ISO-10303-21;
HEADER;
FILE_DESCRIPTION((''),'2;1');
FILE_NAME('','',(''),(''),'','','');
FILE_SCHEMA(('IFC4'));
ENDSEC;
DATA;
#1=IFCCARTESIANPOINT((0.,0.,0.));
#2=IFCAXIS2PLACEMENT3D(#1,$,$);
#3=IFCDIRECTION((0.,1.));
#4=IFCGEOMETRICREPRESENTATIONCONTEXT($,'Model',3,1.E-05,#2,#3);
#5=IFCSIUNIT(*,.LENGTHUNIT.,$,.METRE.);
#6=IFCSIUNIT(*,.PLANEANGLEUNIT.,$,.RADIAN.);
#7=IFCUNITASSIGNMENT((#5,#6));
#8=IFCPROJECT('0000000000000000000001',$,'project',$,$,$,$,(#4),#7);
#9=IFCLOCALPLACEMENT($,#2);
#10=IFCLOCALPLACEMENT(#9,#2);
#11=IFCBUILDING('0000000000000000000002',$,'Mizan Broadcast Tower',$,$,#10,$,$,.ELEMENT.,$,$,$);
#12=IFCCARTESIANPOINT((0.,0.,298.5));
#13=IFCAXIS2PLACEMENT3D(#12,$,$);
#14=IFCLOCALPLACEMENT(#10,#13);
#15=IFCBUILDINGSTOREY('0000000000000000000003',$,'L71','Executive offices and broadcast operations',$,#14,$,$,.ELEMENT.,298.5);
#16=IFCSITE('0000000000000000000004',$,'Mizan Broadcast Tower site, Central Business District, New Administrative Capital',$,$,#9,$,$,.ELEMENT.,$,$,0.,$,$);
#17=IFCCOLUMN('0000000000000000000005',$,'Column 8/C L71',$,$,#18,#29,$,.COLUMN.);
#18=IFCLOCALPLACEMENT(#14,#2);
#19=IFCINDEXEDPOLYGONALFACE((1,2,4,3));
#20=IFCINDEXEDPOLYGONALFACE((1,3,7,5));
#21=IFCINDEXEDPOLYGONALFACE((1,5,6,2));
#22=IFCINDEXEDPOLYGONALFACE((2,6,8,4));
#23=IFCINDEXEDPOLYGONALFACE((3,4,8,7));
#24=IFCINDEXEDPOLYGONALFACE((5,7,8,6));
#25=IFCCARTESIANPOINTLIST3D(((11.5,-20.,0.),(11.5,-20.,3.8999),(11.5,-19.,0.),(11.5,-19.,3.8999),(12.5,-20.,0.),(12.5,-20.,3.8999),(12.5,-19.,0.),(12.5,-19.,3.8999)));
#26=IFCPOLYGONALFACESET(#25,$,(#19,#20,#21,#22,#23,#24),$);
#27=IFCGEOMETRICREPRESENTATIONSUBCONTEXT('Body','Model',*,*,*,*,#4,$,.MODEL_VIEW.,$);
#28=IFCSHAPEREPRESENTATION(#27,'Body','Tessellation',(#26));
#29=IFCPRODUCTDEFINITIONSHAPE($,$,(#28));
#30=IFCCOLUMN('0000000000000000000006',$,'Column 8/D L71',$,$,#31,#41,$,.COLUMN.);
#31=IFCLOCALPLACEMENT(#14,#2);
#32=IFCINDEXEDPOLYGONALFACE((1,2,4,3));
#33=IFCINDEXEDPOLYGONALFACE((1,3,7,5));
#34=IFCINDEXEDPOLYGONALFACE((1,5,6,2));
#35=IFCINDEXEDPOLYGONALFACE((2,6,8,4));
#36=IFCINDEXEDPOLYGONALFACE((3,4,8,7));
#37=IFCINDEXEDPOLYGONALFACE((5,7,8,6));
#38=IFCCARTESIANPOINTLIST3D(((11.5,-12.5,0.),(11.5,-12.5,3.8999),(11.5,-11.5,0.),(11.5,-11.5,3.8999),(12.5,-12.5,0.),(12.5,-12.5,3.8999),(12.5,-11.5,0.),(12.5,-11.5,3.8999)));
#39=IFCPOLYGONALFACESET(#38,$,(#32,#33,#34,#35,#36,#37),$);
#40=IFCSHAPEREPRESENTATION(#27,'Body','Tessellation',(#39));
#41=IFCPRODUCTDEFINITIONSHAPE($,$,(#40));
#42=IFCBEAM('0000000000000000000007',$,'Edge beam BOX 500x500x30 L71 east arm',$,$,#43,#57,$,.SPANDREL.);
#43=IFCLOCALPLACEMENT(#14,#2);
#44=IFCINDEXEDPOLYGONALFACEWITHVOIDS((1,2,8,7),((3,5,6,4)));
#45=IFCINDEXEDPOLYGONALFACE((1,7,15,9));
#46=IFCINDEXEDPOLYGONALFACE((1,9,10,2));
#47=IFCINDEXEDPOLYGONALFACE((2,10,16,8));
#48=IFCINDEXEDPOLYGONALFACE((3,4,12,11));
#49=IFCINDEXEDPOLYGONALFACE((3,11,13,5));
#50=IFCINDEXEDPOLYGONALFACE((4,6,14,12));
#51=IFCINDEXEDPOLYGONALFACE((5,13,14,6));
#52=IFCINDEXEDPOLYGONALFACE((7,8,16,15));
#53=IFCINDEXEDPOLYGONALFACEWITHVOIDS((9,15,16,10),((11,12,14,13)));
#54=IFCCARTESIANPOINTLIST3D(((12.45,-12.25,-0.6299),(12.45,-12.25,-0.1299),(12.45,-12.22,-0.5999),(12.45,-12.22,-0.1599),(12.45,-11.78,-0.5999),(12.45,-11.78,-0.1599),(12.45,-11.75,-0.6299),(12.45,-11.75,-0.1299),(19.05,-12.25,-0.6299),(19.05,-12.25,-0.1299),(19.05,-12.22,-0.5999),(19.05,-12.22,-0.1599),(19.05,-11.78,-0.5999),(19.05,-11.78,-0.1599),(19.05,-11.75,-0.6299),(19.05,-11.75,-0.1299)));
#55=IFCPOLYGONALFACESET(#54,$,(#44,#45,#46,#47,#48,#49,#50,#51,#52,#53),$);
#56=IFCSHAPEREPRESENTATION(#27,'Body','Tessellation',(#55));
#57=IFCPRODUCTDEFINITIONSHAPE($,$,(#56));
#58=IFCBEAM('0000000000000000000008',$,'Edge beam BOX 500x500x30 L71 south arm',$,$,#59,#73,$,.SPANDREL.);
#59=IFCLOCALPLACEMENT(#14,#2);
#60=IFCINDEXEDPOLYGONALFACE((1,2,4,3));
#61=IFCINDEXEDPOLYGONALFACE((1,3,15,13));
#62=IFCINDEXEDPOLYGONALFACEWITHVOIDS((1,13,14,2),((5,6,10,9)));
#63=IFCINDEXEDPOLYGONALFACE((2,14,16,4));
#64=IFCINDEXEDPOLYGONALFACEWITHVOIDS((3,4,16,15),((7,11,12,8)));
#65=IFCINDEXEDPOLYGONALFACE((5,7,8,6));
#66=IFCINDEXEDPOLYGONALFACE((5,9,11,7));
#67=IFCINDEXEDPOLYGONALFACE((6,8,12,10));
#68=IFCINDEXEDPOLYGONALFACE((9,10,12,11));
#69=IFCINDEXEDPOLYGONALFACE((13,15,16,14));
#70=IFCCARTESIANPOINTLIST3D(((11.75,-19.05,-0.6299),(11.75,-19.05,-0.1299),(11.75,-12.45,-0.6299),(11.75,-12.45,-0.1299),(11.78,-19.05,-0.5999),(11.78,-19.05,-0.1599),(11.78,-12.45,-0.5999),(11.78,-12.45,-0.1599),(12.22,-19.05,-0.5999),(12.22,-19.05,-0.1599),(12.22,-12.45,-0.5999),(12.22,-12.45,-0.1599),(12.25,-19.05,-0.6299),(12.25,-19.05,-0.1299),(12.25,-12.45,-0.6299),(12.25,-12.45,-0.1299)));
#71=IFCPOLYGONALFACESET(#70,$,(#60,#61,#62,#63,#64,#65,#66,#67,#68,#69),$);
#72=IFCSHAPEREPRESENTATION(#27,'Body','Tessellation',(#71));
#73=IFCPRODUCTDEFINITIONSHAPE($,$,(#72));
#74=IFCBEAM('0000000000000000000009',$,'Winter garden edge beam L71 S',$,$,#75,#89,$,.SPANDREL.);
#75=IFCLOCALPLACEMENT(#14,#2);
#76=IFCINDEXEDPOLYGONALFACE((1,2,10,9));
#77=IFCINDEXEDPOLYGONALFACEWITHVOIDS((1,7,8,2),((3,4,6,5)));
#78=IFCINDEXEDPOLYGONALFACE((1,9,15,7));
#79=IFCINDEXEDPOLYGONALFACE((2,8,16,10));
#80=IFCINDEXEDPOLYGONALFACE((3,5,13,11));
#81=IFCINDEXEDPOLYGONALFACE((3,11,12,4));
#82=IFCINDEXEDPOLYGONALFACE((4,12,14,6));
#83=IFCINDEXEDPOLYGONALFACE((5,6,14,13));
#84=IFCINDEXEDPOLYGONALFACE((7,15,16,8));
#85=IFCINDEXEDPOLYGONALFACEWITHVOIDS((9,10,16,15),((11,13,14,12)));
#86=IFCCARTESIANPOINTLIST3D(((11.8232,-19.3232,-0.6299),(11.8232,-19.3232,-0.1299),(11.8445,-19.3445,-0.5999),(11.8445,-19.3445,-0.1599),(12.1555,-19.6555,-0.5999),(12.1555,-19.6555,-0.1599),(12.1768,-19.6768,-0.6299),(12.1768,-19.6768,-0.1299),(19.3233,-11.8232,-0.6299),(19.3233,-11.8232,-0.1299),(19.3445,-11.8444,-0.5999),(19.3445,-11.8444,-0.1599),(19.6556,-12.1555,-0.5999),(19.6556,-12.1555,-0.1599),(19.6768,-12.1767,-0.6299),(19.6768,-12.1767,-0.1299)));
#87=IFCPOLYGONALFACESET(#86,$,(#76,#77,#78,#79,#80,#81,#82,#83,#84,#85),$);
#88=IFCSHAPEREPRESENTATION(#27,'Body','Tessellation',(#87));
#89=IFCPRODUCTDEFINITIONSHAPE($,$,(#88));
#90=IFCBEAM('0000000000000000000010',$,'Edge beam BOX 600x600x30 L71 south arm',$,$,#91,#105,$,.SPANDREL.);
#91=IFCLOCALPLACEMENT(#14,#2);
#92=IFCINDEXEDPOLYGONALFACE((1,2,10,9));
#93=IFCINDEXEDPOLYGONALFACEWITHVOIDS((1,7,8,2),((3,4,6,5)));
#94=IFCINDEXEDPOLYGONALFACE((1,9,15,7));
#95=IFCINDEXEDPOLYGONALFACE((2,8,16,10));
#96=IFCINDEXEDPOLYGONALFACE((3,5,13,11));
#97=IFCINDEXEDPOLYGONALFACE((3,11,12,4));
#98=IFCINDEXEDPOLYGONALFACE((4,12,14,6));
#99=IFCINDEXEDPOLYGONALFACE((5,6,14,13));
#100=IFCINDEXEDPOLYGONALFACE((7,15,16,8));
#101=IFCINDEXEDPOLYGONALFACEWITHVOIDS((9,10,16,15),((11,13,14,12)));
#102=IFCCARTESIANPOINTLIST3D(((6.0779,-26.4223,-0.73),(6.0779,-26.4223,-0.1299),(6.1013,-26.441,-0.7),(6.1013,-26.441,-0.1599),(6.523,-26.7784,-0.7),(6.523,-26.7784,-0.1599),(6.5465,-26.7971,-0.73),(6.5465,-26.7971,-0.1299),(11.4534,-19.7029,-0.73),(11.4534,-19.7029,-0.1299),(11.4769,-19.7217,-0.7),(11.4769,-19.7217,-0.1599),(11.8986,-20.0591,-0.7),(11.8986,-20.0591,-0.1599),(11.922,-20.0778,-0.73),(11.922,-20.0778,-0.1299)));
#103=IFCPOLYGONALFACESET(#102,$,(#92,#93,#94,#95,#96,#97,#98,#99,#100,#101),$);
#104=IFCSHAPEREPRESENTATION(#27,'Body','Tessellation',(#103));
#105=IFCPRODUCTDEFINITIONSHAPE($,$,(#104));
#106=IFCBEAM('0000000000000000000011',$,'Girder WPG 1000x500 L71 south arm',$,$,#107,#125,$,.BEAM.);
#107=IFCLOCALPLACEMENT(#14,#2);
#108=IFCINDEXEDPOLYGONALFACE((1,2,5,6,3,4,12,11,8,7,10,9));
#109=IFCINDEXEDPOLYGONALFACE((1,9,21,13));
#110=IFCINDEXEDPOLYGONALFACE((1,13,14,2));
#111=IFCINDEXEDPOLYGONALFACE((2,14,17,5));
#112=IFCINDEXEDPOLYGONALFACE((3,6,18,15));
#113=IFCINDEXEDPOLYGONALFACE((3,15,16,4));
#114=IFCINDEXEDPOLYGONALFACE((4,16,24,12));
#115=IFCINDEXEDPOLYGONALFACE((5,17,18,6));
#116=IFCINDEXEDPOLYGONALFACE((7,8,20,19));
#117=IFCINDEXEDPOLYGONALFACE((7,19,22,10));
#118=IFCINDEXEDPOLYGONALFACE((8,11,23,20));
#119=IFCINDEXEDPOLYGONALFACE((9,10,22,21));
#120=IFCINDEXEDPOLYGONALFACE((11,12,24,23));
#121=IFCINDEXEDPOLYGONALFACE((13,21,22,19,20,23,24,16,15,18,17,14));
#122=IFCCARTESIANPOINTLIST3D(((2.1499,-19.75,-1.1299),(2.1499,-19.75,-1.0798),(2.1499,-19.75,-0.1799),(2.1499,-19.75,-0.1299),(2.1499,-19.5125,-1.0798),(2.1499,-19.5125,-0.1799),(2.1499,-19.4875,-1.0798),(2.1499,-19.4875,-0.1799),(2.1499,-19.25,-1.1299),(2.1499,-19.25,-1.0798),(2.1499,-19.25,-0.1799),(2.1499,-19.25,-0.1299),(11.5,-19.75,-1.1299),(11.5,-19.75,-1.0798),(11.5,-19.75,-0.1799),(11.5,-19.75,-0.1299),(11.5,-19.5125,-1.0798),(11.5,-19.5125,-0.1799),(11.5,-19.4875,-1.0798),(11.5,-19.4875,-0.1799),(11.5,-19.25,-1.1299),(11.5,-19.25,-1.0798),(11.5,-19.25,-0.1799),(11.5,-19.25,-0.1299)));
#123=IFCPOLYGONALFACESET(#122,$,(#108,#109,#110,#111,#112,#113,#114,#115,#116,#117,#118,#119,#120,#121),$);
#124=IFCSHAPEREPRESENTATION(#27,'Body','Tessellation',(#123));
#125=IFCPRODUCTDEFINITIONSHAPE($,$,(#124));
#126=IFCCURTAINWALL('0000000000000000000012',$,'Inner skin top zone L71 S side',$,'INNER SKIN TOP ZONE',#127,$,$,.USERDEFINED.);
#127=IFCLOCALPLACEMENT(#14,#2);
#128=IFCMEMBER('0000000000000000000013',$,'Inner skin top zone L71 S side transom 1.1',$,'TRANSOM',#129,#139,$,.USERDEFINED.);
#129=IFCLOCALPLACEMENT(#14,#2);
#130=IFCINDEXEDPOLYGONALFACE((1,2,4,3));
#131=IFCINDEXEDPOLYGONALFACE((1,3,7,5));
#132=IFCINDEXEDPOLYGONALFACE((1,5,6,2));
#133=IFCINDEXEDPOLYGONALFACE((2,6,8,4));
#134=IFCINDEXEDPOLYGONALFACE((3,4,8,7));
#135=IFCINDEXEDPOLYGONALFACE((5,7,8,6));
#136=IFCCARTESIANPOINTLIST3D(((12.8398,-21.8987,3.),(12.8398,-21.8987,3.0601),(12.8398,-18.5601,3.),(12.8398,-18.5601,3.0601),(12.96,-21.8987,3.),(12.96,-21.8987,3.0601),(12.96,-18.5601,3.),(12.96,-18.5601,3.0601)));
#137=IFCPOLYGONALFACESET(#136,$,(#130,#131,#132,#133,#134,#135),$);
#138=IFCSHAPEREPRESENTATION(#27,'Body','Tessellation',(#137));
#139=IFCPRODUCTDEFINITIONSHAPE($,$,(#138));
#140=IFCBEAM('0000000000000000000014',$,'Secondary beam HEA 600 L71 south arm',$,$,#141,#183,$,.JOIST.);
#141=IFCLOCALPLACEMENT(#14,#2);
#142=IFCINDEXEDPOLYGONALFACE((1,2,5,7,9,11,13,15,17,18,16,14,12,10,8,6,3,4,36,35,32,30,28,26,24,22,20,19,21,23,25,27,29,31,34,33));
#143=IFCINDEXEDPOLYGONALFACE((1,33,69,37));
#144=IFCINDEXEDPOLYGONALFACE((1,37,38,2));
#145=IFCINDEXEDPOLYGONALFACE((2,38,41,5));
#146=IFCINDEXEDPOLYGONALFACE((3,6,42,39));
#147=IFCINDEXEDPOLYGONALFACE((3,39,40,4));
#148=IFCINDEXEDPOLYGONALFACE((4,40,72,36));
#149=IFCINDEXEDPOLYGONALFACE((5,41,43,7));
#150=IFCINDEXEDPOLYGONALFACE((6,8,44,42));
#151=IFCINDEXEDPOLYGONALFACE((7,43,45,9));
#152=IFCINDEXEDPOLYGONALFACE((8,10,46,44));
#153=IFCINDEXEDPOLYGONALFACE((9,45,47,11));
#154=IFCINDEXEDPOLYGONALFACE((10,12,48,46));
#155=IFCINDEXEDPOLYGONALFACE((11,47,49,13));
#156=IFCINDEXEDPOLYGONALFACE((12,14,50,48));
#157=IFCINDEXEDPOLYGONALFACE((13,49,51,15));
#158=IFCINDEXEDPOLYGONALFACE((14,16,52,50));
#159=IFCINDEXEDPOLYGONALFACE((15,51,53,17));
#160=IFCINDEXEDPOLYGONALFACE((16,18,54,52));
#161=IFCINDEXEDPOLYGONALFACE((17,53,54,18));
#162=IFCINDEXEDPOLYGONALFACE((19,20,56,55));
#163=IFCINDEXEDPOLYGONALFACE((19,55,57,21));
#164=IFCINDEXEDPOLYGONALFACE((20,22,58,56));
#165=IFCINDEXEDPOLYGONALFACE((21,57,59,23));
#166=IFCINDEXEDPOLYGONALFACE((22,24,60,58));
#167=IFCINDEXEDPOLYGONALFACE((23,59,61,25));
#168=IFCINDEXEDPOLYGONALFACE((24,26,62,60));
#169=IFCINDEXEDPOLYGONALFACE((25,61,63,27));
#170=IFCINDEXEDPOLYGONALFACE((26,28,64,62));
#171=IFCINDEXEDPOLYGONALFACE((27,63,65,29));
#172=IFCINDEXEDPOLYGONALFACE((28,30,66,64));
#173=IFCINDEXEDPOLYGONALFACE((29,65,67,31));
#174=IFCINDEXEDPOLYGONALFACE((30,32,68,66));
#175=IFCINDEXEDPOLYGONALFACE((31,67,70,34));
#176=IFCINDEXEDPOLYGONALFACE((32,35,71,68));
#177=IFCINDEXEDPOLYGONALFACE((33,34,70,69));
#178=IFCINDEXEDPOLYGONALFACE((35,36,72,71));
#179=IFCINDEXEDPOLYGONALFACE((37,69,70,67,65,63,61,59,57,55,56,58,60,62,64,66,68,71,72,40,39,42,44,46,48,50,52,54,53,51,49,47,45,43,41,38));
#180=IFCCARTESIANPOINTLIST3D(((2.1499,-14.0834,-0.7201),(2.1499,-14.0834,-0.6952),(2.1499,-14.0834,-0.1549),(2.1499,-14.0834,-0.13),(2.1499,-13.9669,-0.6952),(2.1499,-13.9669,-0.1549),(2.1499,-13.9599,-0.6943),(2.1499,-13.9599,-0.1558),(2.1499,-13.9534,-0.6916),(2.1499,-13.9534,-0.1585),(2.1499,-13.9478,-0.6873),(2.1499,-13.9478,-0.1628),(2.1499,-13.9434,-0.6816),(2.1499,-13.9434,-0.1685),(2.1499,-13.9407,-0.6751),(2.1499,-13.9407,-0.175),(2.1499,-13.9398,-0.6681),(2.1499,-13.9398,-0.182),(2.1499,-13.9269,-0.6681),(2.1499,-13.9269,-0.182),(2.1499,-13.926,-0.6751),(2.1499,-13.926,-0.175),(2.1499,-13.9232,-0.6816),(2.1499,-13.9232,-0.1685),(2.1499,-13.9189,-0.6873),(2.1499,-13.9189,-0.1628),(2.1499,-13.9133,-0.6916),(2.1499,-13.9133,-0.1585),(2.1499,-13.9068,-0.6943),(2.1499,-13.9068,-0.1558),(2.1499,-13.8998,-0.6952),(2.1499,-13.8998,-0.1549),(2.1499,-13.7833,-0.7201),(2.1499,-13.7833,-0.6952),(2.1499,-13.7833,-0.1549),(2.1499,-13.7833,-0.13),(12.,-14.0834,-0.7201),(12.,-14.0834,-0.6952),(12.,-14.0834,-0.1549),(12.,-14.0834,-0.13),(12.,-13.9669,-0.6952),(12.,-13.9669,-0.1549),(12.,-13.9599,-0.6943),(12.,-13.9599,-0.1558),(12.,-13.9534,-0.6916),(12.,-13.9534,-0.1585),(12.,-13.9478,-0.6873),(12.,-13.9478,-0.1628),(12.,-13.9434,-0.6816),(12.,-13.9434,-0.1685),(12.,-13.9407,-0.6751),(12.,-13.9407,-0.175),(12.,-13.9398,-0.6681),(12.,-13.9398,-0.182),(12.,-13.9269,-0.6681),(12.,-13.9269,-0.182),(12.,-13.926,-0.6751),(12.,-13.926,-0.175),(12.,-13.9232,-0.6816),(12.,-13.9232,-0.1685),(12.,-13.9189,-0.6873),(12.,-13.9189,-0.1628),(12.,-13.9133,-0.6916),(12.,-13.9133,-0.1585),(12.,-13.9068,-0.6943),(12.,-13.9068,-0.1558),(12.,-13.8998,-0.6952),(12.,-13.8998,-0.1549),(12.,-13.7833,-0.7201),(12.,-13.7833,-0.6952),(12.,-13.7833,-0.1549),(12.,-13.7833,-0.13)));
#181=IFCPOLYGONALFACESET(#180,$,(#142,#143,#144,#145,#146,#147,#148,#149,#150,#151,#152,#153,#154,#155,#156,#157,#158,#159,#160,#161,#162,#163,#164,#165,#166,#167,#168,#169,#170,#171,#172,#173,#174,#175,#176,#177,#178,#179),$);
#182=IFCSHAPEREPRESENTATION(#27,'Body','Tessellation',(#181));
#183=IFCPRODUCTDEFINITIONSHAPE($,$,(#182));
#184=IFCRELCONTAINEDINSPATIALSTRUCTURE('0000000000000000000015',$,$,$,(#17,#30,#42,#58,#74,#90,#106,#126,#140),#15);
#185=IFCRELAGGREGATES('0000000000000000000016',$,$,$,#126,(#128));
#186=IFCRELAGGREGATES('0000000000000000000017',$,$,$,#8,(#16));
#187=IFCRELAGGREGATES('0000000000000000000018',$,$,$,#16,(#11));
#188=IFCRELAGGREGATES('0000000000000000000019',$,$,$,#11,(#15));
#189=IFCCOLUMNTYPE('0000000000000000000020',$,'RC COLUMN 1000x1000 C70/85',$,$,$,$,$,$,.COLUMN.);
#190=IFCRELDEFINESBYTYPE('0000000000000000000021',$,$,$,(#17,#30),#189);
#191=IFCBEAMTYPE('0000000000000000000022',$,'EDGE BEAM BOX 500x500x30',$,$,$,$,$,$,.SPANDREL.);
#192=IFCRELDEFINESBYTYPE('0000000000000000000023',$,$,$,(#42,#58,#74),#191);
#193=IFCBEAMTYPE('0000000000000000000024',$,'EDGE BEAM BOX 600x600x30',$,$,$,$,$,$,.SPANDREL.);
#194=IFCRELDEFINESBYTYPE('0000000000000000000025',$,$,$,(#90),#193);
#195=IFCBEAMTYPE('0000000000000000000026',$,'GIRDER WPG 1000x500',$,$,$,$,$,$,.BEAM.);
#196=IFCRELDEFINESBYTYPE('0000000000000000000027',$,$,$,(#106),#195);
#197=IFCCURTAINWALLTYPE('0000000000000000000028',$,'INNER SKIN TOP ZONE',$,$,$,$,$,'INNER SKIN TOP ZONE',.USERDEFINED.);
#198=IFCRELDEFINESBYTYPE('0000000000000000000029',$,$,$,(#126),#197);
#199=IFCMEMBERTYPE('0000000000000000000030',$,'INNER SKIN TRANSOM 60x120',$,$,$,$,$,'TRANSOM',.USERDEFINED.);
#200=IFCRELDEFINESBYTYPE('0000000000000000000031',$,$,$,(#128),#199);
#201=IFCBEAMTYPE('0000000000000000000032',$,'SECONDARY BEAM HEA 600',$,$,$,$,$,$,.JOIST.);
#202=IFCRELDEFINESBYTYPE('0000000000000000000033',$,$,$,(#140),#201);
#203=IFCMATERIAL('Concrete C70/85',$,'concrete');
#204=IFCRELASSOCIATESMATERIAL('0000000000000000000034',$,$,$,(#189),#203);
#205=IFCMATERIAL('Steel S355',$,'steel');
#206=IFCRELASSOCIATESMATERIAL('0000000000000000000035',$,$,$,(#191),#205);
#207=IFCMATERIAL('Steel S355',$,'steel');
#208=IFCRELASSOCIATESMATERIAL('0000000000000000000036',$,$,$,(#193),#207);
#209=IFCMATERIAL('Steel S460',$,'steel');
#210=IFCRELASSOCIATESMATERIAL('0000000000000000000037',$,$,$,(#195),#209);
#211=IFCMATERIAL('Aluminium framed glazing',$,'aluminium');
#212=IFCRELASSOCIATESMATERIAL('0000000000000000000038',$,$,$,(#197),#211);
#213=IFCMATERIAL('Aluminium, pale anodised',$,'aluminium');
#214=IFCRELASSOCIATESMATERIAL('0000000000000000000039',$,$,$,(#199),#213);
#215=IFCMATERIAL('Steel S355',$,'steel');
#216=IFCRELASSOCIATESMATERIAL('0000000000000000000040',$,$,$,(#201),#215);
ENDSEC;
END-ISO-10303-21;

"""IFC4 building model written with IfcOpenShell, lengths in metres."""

from ifc_helpers import new_model, si_unit, direction, frame, origin, origin_2d, place, context, subcontext, project, spatial, rectangle, hollow_rectangle, i_section, extrude, material, material_profile, profile_set, type_object, element, aggregate, save


model = new_model("IFC4")

# Units and contexts
model_context = context("Model", 3, precision=1e-05, world=origin(), true_north=direction((0.0, 1.0)))
body_context = subcontext(model_context, "Body", "Model", "MODEL_VIEW")
ifc_project = project(units=[si_unit("LENGTHUNIT", "METRE"), si_unit("PLANEANGLEUNIT", "RADIAN")], contexts=[model_context])

# Site, building, storey
site_placement = place(None, origin())
site = spatial("IfcSite", under=ifc_project, at=site_placement, Name="Mizan Broadcast Tower site, Central Business District, New Administrative Capital", CompositionType="ELEMENT", RefElevation=0.0)
building_placement = place(site_placement, origin())
building = spatial("IfcBuilding", under=site, at=building_placement, Name="Mizan Broadcast Tower", CompositionType="ELEMENT")
storey_placement = place(building_placement, frame((0.0, 0.0, 298.5)))
storey = spatial("IfcBuildingStorey", under=building, at=storey_placement, Name="L71", Description="Executive offices and broadcast operations", CompositionType="ELEMENT", Elevation=298.5)

# Columns
ifc_material_1 = material(Name="Concrete C70/85", Category="concrete")
ifc_material_profile_1 = material_profile(ifc_material_1, rectangle(XDim=1.0, YDim=1.0, at=origin_2d()), Name="RC 1000x1000")
ifc_profile_set_1 = profile_set([ifc_material_profile_1], Name="Concrete C70/85")
column_type = type_object("IfcColumnType", Name="RC COLUMN 1000x1000 C70/85", PredefinedType="COLUMN", material=ifc_profile_set_1)
for number, where, z_axis, x_axis, name in (
    (1, (12.0, -19.5, 0.0), (0.0, 0.0, 1.0), (1.0, 0.0, 0.0), "Column 8/C L71"),
    (2, (12.0, -12.0, 0.0), (0.0, 0.0, 1.0), (1.0, 0.0, 0.0), "Column 8/D L71"),
):
    element("IfcColumn", number, at=place(storey_placement, frame(where, z_axis=z_axis, x_axis=x_axis)), inside=storey, type_object=column_type, Name=name, PredefinedType="COLUMN", context=body_context, shape_type="SweptSolid", body=[
        extrude(rectangle(XDim=1.0, YDim=1.0, at=origin_2d()), origin(), (0.0, 0.0, 1.0), 3.8999),
    ])

# Beams
ifc_material_2 = material(Name="Steel S355", Category="steel")
ifc_material_profile_2 = material_profile(ifc_material_2, hollow_rectangle(XDim=0.5, YDim=0.5, WallThickness=0.03, at=origin_2d()), Name="BOX 500x500x30")
ifc_profile_set_2 = profile_set([ifc_material_profile_2], Name="Steel S355")
beam_type_1 = type_object("IfcBeamType", Name="EDGE BEAM BOX 500x500x30", PredefinedType="SPANDREL", material=ifc_profile_set_2)
for number, where, z_axis, x_axis, name in (
    (3, (12.45, -12.0, -0.3799), (1.0, 0.0, 0.0), (0.0, 1.0, 0.0), "Edge beam BOX 500x500x30 L71 east arm"),
    (4, (12.0, -12.45, -0.3799), (0.0, -1.0, 0.0), (1.0, 0.0, 0.0), "Edge beam BOX 500x500x30 L71 south arm"),
):
    element("IfcBeam", number, at=place(storey_placement, frame(where, z_axis=z_axis, x_axis=x_axis)), inside=storey, type_object=beam_type_1, Name=name, PredefinedType="SPANDREL", context=body_context, shape_type="SweptSolid", body=[
        extrude(hollow_rectangle(XDim=0.5, YDim=0.5, WallThickness=0.03, at=origin_2d()), origin(), (0.0, 0.0, 1.0), 6.6001),
    ])
beam_1_placement = place(storey_placement, frame((12.0, -19.5, -0.3799), z_axis=(0.707107, 0.707107, 0.0), x_axis=(-0.707107, 0.707107, 0.0)))
element("IfcBeam", 5, at=beam_1_placement, inside=storey, type_object=beam_type_1, Name="Winter garden edge beam L71 S", PredefinedType="SPANDREL", context=body_context, shape_type="SweptSolid", body=[
    extrude(hollow_rectangle(XDim=0.5, YDim=0.5, WallThickness=0.03, at=origin_2d()), origin(), (0.0, 0.0, 1.0), 10.6067),
])
ifc_material_3 = material(Name="Steel S355", Category="steel")
ifc_material_profile_3 = material_profile(ifc_material_3, hollow_rectangle(XDim=0.6001, YDim=0.6001, WallThickness=0.03, at=origin_2d()), Name="BOX 600x600x30")
ifc_profile_set_3 = profile_set([ifc_material_profile_3], Name="Steel S355")
beam_type_2 = type_object("IfcBeamType", Name="EDGE BEAM BOX 600x600x30", PredefinedType="SPANDREL", material=ifc_profile_set_3)
beam_2_placement = place(storey_placement, frame((11.6877, -19.8904, -0.4299), z_axis=(-0.624702, -0.780863, 0.0), x_axis=(0.780863, -0.624702, 0.0)))
element("IfcBeam", 6, at=beam_2_placement, inside=storey, type_object=beam_type_2, Name="Edge beam BOX 600x600x30 L71 south arm", PredefinedType="SPANDREL", context=body_context, shape_type="SweptSolid", body=[
    extrude(hollow_rectangle(XDim=0.6001, YDim=0.6001, WallThickness=0.03, at=origin_2d()), origin(), (0.0, 0.0, 1.0), 8.605),
])
ifc_material_4 = material(Name="Steel S460", Category="steel")
ifc_material_profile_4 = material_profile(ifc_material_4, i_section(OverallWidth=0.5, OverallDepth=1.0, WebThickness=0.0249, FlangeThickness=0.05, at=origin_2d()), Name="WPG 1000x500")
ifc_profile_set_4 = profile_set([ifc_material_profile_4], Name="Steel S460")
beam_type_3 = type_object("IfcBeamType", Name="GIRDER WPG 1000x500", PredefinedType="BEAM", material=ifc_profile_set_4)
beam_3_placement = place(storey_placement, frame((11.5, -19.5, -0.6299), z_axis=(-1.0, 0.0, 0.0), x_axis=(0.0, -1.0, 0.0)))
element("IfcBeam", 7, at=beam_3_placement, inside=storey, type_object=beam_type_3, Name="Girder WPG 1000x500 L71 south arm", PredefinedType="BEAM", context=body_context, shape_type="SweptSolid", body=[
    extrude(i_section(OverallWidth=0.5, OverallDepth=1.0, WebThickness=0.0249, FlangeThickness=0.05, at=origin_2d()), origin(), (0.0, 0.0, 1.0), 9.3501),
])

# Curtain wall, member
ifc_material_5 = material(Name="Aluminium framed glazing", Category="aluminium")
curtain_wall_type = type_object("IfcCurtainWallType", Name="INNER SKIN TOP ZONE", ElementType="INNER SKIN TOP ZONE", PredefinedType="USERDEFINED", material=ifc_material_5)
curtain_wall_placement = place(storey_placement, origin())
curtain_wall = element("IfcCurtainWall", 8, at=curtain_wall_placement, inside=storey, type_object=curtain_wall_type, Name="Inner skin top zone L71 S side", ObjectType="INNER SKIN TOP ZONE", PredefinedType="USERDEFINED")
ifc_material_6 = material(Name="Aluminium, pale anodised", Category="aluminium")
ifc_material_profile_5 = material_profile(ifc_material_6, rectangle(XDim=0.1201, YDim=0.0601, at=origin_2d()), Name="TRANSOM 120x60")
ifc_profile_set_5 = profile_set([ifc_material_profile_5], Name="Aluminium, pale anodised")
member_type = type_object("IfcMemberType", Name="INNER SKIN TRANSOM 60x120", ElementType="TRANSOM", PredefinedType="USERDEFINED", material=ifc_profile_set_5)
member_placement = place(storey_placement, frame((12.8999, -21.8987, 3.03), z_axis=(0.0, 1.0, 0.0), x_axis=(-1.0, 0.0, 0.0)))
member = element("IfcMember", 9, at=member_placement, type_object=member_type, Name="Inner skin top zone L71 S side transom 1.1", ObjectType="TRANSOM", PredefinedType="USERDEFINED", context=body_context, shape_type="SweptSolid", body=[
    extrude(rectangle(XDim=0.1201, YDim=0.0601, at=origin_2d()), origin(), (0.0, 0.0, 1.0), 3.3386),
])

# Beam
ifc_material_7 = material(Name="Steel S355", Category="steel")
ifc_material_profile_6 = material_profile(ifc_material_7, i_section(OverallWidth=0.3, OverallDepth=0.5901, WebThickness=0.0129, FlangeThickness=0.0249, FilletRadius=0.0271, at=origin_2d()), Name="HEA 600")
ifc_profile_set_6 = profile_set([ifc_material_profile_6], Name="Steel S355")
beam_type_4 = type_object("IfcBeamType", Name="SECONDARY BEAM HEA 600", PredefinedType="JOIST", material=ifc_profile_set_6)
for number, where, z_axis, x_axis, name in (
    (10, (12.0, -13.9333, -0.425), (-1.0, 0.0, 0.0), (0.0, -1.0, 0.0), "Secondary beam HEA 600 L71 south arm"),
):
    element("IfcBeam", number, at=place(storey_placement, frame(where, z_axis=z_axis, x_axis=x_axis)), inside=storey, type_object=beam_type_4, Name=name, PredefinedType="JOIST", context=body_context, shape_type="SweptSolid", body=[
        extrude(i_section(OverallWidth=0.3, OverallDepth=0.5901, WebThickness=0.0129, FlangeThickness=0.0249, FilletRadius=0.0271, at=origin_2d()), origin(), (0.0, 0.0, 1.0), 9.8501),
    ])

aggregate(curtain_wall, [member])

save(model, "model.ifc")
